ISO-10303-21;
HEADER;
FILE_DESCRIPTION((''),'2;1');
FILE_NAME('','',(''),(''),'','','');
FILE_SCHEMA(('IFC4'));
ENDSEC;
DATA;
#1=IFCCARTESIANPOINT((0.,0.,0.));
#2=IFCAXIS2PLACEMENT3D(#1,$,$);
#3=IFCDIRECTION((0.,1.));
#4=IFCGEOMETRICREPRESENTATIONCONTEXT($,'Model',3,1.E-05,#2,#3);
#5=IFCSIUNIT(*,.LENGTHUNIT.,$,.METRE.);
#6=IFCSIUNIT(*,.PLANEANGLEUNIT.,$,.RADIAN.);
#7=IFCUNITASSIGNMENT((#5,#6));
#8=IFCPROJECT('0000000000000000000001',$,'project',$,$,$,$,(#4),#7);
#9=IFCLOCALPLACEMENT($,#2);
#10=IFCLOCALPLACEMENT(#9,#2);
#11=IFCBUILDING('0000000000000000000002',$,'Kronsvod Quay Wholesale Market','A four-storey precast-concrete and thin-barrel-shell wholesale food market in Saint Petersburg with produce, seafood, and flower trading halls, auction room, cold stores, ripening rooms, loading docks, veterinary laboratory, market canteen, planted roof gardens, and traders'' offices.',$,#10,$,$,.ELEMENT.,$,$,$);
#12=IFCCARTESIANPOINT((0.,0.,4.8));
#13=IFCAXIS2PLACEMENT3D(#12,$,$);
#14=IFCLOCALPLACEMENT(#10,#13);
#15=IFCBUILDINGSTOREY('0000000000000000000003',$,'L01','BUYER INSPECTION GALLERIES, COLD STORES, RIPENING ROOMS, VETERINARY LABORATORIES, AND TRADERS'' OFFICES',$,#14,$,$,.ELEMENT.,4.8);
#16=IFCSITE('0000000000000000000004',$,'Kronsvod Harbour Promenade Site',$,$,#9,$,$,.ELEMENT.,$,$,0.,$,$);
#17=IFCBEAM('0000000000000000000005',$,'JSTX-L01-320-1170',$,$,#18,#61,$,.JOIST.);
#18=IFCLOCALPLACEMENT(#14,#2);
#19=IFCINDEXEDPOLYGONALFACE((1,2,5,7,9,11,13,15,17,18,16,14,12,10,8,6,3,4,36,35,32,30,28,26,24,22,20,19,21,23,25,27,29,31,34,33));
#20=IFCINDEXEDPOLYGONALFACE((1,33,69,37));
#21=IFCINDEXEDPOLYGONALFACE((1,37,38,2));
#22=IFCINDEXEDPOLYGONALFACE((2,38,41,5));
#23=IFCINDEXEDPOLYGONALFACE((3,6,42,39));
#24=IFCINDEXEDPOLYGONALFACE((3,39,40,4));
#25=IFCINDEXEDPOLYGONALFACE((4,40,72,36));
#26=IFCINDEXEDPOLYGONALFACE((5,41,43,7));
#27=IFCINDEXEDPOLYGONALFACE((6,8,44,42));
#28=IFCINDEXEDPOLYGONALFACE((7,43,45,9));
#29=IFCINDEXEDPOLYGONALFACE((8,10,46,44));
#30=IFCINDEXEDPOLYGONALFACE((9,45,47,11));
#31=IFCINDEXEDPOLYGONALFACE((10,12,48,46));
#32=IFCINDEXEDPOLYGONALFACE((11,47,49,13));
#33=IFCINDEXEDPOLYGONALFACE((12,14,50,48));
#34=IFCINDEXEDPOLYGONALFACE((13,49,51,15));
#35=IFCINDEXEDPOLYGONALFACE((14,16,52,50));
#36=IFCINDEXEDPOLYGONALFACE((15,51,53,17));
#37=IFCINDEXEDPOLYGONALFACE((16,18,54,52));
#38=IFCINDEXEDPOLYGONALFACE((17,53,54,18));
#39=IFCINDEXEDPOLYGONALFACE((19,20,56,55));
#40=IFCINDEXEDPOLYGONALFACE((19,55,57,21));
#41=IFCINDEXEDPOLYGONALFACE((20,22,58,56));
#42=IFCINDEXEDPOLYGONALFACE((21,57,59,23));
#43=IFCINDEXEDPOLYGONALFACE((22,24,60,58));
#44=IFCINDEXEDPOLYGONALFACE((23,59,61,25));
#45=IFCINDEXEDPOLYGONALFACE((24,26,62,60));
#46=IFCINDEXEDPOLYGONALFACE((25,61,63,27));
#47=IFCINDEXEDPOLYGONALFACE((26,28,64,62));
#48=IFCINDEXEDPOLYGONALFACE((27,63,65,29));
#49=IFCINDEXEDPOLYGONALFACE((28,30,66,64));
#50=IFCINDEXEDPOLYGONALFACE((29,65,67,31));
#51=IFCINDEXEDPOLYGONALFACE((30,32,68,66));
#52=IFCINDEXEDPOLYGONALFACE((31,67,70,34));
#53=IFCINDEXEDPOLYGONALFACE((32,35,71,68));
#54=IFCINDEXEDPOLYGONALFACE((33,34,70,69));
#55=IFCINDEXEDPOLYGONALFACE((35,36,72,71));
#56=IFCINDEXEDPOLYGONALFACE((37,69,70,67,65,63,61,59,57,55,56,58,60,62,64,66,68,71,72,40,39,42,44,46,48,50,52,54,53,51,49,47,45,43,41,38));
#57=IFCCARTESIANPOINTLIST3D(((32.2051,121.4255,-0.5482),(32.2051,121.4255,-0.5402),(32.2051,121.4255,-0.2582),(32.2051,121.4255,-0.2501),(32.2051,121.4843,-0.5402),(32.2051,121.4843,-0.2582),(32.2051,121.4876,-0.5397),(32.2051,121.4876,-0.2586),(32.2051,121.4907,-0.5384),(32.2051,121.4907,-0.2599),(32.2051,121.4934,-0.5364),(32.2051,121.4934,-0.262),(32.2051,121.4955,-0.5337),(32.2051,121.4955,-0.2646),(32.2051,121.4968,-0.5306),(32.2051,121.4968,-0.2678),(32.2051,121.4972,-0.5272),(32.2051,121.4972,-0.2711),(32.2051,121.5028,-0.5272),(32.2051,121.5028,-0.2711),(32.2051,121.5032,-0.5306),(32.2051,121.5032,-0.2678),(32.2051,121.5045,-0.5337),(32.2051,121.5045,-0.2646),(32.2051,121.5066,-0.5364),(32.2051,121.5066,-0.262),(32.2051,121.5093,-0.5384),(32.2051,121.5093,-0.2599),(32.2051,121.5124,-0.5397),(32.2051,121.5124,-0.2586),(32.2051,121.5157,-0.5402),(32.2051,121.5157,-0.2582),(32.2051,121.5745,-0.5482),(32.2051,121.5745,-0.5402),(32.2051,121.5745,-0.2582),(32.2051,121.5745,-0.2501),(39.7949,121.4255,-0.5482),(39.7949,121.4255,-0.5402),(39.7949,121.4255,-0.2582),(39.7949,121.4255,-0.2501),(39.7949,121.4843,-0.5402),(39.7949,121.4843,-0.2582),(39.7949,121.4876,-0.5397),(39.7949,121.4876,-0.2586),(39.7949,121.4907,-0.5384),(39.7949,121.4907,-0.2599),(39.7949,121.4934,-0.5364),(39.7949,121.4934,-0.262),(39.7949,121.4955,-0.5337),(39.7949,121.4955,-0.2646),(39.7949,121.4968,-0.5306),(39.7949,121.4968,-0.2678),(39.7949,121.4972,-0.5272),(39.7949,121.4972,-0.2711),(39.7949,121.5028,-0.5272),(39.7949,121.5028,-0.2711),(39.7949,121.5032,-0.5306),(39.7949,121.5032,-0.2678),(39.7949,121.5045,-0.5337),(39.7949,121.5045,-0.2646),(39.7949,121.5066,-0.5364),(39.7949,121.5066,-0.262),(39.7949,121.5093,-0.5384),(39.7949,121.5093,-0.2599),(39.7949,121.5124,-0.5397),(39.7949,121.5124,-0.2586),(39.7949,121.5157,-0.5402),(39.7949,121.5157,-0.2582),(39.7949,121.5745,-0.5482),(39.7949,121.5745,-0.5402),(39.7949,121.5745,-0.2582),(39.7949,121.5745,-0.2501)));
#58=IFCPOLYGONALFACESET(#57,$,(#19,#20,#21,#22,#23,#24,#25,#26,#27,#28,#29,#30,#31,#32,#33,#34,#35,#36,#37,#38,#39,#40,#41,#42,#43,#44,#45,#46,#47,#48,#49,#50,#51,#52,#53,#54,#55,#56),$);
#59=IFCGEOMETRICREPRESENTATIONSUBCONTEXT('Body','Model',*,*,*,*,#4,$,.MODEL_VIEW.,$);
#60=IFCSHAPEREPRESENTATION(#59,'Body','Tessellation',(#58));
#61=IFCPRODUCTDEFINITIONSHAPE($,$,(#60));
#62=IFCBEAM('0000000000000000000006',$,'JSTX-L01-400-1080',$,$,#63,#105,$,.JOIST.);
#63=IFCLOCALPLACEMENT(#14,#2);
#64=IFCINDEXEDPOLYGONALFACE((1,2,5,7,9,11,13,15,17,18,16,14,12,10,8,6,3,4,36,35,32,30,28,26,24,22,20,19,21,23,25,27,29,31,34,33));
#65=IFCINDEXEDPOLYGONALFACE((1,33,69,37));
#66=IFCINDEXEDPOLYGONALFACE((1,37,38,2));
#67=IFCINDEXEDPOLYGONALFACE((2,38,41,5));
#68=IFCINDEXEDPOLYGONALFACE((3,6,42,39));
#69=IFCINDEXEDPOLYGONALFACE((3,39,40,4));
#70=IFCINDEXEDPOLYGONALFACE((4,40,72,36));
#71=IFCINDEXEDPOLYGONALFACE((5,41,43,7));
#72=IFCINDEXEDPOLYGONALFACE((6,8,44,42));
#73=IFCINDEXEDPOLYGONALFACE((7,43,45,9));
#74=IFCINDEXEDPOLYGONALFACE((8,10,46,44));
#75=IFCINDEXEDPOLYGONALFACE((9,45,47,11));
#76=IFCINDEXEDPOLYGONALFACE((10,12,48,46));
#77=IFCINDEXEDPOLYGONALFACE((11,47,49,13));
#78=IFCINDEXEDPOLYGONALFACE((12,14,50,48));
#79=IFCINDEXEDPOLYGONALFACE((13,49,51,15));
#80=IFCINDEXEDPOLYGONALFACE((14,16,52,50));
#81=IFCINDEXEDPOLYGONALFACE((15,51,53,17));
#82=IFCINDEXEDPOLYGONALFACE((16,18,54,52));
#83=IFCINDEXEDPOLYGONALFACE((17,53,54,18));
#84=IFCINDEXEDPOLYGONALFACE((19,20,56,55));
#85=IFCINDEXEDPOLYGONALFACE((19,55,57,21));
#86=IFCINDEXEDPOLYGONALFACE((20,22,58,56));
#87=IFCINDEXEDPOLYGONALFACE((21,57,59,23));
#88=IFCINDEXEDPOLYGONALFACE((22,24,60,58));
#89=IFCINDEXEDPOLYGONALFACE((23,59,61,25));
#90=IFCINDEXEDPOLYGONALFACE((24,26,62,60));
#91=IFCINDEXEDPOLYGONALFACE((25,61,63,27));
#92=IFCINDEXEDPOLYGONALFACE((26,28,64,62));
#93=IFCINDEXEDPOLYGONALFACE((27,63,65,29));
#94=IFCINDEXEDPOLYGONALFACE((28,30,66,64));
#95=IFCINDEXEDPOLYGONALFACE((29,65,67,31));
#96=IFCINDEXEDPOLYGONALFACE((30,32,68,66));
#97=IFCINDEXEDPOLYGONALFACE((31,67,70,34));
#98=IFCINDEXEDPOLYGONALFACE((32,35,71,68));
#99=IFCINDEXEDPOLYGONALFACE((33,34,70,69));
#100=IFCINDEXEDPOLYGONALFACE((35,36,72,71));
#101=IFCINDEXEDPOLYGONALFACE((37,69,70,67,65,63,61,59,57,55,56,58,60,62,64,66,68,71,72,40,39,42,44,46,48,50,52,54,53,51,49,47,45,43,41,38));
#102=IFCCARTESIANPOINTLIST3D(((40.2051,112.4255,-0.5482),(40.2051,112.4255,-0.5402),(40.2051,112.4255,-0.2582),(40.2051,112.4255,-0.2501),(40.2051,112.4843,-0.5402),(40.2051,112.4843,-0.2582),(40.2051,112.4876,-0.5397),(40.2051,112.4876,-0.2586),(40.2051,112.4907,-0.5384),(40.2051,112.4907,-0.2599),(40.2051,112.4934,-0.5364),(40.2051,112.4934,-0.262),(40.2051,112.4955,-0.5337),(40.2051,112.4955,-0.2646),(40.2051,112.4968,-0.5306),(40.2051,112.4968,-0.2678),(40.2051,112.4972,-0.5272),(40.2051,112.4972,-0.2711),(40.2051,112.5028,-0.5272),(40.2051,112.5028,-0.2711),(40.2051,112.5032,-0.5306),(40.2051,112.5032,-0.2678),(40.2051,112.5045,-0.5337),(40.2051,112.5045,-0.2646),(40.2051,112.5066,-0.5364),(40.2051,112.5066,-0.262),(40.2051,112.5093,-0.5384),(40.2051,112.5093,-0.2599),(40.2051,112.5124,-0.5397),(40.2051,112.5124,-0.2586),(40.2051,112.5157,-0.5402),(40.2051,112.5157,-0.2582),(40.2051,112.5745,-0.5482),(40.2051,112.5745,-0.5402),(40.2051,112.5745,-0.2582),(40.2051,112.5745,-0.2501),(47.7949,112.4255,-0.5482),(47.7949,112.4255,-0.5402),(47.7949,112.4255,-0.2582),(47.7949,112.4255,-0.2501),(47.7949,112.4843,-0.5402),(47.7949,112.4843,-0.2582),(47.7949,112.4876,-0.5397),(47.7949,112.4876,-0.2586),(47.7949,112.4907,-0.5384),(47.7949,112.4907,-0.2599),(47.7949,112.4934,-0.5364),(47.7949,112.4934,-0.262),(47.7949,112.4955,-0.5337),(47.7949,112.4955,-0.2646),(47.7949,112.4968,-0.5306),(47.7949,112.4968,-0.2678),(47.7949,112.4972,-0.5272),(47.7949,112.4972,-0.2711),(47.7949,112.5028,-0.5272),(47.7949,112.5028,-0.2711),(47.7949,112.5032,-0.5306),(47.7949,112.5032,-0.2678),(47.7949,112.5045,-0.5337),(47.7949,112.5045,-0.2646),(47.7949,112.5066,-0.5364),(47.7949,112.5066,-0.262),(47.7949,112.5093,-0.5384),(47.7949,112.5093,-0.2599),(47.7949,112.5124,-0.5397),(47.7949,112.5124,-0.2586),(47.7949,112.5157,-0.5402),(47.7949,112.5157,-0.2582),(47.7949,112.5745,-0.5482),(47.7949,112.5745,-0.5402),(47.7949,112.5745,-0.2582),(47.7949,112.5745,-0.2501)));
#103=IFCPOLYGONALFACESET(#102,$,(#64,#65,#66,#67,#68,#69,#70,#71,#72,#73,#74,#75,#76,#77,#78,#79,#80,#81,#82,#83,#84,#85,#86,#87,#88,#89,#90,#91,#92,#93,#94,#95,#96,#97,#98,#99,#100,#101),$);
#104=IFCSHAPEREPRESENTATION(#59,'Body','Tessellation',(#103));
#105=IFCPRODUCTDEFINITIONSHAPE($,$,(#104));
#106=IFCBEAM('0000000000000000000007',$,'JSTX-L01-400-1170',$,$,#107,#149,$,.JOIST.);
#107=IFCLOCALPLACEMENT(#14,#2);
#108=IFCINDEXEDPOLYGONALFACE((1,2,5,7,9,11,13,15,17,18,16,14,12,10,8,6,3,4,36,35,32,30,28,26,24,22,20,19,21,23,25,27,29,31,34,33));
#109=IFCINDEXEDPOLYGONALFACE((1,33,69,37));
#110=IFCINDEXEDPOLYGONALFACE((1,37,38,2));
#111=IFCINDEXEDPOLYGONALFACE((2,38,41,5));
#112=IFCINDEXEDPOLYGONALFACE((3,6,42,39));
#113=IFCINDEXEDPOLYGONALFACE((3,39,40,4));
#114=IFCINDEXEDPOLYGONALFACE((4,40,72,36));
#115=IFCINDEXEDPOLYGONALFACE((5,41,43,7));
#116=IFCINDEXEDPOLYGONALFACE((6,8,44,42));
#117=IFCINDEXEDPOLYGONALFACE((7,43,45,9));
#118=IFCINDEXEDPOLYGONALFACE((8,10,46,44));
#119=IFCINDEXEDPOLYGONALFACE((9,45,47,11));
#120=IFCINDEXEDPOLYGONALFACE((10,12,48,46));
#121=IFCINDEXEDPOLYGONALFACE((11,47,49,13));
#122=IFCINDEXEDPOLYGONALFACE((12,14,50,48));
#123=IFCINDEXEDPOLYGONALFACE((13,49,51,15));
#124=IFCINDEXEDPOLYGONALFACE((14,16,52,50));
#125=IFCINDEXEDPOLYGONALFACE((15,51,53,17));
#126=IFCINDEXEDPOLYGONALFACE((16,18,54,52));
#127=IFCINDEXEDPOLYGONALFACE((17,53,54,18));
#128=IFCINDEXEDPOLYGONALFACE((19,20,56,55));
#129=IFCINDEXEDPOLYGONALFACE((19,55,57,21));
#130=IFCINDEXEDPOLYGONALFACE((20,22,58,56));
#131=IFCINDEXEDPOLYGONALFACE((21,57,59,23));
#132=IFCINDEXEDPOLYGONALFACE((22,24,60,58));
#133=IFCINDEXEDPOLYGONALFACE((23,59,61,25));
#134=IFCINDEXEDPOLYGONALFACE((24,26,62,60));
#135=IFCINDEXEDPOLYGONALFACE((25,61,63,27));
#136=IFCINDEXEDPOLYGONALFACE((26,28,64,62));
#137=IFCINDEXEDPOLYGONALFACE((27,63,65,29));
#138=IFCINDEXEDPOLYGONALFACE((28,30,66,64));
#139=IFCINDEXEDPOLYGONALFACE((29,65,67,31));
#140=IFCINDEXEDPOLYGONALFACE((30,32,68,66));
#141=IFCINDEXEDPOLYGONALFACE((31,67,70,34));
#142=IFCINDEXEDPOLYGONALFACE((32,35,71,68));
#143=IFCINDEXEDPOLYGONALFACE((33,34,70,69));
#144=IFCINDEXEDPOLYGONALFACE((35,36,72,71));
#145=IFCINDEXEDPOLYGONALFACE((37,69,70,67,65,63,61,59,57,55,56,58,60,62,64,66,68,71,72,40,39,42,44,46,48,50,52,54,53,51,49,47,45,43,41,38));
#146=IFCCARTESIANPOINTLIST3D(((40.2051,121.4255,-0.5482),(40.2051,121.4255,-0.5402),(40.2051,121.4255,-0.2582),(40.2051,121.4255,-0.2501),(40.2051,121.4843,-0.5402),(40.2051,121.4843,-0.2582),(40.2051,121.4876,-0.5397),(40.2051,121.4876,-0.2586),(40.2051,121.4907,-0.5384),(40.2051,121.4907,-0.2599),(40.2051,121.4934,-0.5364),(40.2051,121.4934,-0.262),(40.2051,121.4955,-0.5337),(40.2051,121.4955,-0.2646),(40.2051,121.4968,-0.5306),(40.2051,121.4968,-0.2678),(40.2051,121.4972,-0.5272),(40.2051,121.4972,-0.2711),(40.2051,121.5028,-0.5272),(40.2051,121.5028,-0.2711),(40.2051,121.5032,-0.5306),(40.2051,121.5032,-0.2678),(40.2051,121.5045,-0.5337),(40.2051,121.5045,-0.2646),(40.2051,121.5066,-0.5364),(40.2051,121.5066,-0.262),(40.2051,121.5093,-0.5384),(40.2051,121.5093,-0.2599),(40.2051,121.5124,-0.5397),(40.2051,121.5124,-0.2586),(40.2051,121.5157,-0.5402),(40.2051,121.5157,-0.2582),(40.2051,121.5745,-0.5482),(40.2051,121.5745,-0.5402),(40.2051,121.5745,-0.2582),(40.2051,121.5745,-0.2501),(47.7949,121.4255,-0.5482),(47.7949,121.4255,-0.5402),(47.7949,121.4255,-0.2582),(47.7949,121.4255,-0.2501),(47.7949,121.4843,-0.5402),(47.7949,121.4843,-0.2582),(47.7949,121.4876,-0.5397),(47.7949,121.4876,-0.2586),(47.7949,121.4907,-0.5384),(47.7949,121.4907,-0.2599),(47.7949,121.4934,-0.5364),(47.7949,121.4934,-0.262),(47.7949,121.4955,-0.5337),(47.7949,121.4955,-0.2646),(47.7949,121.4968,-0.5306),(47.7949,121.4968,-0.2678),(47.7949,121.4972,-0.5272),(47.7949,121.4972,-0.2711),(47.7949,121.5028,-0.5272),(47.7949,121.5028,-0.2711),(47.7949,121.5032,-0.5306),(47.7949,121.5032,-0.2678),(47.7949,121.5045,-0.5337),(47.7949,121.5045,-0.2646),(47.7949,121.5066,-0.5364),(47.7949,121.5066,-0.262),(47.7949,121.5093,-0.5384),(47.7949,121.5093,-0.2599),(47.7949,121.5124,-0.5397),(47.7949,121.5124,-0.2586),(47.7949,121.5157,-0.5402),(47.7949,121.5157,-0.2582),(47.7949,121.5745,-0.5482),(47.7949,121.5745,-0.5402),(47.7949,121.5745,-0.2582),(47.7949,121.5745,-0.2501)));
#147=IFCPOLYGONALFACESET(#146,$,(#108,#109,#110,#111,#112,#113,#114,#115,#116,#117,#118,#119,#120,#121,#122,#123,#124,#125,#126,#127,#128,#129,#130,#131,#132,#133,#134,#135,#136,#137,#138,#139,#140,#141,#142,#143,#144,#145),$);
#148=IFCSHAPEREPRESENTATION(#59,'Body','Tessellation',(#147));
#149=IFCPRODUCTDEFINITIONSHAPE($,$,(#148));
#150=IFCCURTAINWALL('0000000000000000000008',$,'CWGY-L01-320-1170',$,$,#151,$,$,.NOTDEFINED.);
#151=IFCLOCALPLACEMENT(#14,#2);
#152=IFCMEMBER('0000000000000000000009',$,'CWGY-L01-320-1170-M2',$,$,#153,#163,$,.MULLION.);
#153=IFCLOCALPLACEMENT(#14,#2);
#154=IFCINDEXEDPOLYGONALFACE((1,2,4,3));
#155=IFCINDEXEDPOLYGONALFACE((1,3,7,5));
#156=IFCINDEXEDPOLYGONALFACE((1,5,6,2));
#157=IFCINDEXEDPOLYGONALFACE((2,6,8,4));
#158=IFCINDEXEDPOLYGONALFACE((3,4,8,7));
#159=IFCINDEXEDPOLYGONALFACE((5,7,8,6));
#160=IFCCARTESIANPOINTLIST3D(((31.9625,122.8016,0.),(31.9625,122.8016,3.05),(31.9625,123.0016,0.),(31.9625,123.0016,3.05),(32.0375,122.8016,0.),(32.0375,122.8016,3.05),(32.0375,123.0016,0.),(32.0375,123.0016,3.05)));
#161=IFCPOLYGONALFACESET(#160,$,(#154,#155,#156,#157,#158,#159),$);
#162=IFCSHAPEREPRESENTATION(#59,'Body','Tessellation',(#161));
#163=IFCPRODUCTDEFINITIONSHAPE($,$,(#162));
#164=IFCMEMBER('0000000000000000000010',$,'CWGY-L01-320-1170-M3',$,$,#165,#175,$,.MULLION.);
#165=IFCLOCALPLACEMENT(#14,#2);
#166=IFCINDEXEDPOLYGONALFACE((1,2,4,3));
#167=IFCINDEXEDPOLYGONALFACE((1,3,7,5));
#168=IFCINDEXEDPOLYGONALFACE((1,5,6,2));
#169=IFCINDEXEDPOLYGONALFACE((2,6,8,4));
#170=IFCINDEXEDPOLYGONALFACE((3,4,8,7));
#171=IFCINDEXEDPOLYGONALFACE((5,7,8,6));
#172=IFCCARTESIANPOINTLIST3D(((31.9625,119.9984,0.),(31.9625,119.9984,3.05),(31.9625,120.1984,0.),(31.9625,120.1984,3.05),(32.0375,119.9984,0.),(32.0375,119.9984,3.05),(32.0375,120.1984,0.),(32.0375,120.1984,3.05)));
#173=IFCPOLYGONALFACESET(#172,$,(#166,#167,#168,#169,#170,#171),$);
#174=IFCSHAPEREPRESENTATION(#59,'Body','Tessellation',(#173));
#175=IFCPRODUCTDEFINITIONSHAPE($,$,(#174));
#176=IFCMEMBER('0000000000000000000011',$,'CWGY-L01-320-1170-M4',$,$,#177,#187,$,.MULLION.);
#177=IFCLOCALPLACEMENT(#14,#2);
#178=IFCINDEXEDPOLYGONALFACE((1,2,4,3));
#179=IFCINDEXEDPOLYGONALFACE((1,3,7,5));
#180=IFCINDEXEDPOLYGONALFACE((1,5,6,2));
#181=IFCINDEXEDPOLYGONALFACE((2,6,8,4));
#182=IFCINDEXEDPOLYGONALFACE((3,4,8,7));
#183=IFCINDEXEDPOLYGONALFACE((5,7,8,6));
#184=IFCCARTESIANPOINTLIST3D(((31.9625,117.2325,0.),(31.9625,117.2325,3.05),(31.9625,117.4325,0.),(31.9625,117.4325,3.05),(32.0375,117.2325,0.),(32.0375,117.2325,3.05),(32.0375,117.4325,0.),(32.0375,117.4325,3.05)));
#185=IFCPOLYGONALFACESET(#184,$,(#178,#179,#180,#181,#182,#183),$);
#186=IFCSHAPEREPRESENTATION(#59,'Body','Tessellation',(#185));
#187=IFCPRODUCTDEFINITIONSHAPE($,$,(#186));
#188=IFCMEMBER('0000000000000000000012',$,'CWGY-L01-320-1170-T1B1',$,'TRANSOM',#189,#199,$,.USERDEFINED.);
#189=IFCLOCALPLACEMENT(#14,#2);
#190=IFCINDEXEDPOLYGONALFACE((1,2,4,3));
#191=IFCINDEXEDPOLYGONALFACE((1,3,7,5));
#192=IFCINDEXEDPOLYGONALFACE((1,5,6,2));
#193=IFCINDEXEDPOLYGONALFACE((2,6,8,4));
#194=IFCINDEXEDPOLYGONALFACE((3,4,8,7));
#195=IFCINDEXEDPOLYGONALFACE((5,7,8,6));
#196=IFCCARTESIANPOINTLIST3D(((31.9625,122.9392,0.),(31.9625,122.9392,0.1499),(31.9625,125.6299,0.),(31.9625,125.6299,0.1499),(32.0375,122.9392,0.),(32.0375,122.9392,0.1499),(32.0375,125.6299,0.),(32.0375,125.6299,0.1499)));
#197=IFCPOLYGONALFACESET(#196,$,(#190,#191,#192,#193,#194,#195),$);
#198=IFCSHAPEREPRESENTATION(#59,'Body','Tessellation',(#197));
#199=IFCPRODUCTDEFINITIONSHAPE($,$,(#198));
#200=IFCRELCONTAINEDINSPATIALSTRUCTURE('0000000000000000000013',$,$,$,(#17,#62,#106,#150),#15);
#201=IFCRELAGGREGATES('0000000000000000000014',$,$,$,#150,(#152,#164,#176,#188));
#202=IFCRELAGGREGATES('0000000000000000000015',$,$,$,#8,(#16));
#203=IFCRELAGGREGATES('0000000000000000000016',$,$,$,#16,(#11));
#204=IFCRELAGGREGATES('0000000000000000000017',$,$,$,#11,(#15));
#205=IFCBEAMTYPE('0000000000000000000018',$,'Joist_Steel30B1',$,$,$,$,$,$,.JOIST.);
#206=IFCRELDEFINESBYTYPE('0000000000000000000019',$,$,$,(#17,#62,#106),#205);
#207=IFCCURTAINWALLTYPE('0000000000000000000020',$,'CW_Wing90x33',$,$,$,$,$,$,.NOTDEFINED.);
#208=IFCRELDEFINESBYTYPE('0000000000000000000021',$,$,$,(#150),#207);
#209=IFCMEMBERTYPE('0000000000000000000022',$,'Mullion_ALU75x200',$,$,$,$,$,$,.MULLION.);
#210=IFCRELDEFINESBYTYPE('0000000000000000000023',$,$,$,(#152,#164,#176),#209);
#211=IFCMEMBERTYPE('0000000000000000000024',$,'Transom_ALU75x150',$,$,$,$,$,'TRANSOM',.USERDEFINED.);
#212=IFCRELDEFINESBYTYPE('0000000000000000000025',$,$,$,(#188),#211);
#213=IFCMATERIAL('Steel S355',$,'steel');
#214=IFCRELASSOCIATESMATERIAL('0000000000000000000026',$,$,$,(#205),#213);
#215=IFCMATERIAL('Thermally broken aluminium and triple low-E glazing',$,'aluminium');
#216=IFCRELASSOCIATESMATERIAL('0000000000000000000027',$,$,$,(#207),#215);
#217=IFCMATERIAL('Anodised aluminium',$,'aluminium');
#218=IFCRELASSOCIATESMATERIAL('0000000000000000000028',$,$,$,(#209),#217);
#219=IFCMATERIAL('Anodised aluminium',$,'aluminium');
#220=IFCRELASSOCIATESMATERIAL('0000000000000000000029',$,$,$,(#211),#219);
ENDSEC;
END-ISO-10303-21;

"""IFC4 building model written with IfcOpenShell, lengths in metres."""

from ifc_helpers import new_model, si_unit, direction, frame, origin, origin_2d, place, context, subcontext, project, spatial, rectangle, i_section, extrude, material, material_profile, profile_set, type_object, element, aggregate, save


model = new_model("IFC4")

# Units and contexts
model_context = context("Model", 3, precision=1e-05, world=origin(), true_north=direction((0.0, 1.0)))
body_context = subcontext(model_context, "Body", "Model", "MODEL_VIEW")
ifc_project = project(units=[si_unit("LENGTHUNIT", "METRE"), si_unit("PLANEANGLEUNIT", "RADIAN")], contexts=[model_context])

# Site, building, storey
site_placement = place(None, origin())
site = spatial("IfcSite", under=ifc_project, at=site_placement, Name="Kronsvod Harbour Promenade Site", CompositionType="ELEMENT", RefElevation=0.0)
building_placement = place(site_placement, origin())
building = spatial("IfcBuilding", under=site, at=building_placement, Name="Kronsvod Quay Wholesale Market", Description="A four-storey precast-concrete and thin-barrel-shell wholesale food market in Saint Petersburg with produce, seafood, and flower trading halls, auction room, cold stores, ripening rooms, loading docks, veterinary laboratory, market canteen, planted roof gardens, and traders' offices.", CompositionType="ELEMENT")
storey_placement = place(building_placement, frame((0.0, 0.0, 4.8)))
storey = spatial("IfcBuildingStorey", under=building, at=storey_placement, Name="L01", Description="BUYER INSPECTION GALLERIES, COLD STORES, RIPENING ROOMS, VETERINARY LABORATORIES, AND TRADERS' OFFICES", CompositionType="ELEMENT", Elevation=4.8)

# Beams
ifc_material_1 = material(Name="Steel S355", Category="steel")
ifc_material_profile_1 = material_profile(ifc_material_1, i_section(OverallWidth=0.1489, OverallDepth=0.2981, WebThickness=0.0056, FlangeThickness=0.0081, FilletRadius=0.0129, at=origin_2d()), Name="30B1")
ifc_profile_set_1 = profile_set([ifc_material_profile_1], Name="Steel S355")
beam_type_1 = type_object("IfcBeamType", Name="Joist_Steel30B1", PredefinedType="JOIST", material=ifc_profile_set_1)
for number, where, z_axis, x_axis, name in (
    (1, (32.2051, 121.5, -0.3992), (1.0, 0.0, 0.0), (0.0, 1.0, 0.0), "JSTX-L01-320-1170"),
    (2, (40.2051, 112.5, -0.3992), (1.0, 0.0, 0.0), (0.0, 1.0, 0.0), "JSTX-L01-400-1080"),
    (3, (40.2051, 121.5, -0.3992), (1.0, 0.0, 0.0), (0.0, 1.0, 0.0), "JSTX-L01-400-1170"),
):
    element("IfcBeam", number, at=place(storey_placement, frame(where, z_axis=z_axis, x_axis=x_axis)), inside=storey, type_object=beam_type_1, Name=name, PredefinedType="JOIST", context=body_context, shape_type="SweptSolid", body=[
        extrude(i_section(OverallWidth=0.1489, OverallDepth=0.2981, WebThickness=0.0056, FlangeThickness=0.0081, FilletRadius=0.0129, at=origin_2d()), origin(), (0.0, 0.0, 1.0), 7.5898),
    ])

# Curtain wall, members
ifc_material_2 = material(Name="Thermally broken aluminium and triple low-E glazing", Category="aluminium")
curtain_wall_type = type_object("IfcCurtainWallType", Name="CW_Wing90x33", PredefinedType="NOTDEFINED", material=ifc_material_2)
curtain_wall_placement = place(storey_placement, origin())
curtain_wall = element("IfcCurtainWall", 4, at=curtain_wall_placement, inside=storey, type_object=curtain_wall_type, Name="CWGY-L01-320-1170", PredefinedType="NOTDEFINED")
ifc_material_3 = material(Name="Anodised aluminium", Category="aluminium")
ifc_material_profile_2 = material_profile(ifc_material_3, rectangle(XDim=0.075, YDim=0.2, at=origin_2d()), Name="ALUM75x200")
ifc_profile_set_2 = profile_set([ifc_material_profile_2], Name="Anodised aluminium")
member_type_1 = type_object("IfcMemberType", Name="Mullion_ALU75x200", PredefinedType="MULLION", material=ifc_profile_set_2)
member_1_placement = place(storey_placement, frame((32.0, 122.9016, 0.0), z_axis=(0.0, 0.0, 1.0), x_axis=(1.0, 0.0, 0.0)))
member_1 = element("IfcMember", 5, at=member_1_placement, type_object=member_type_1, Name="CWGY-L01-320-1170-M2", PredefinedType="MULLION", context=body_context, shape_type="SweptSolid", body=[
    extrude(rectangle(XDim=0.075, YDim=0.2, at=origin_2d()), origin(), (0.0, 0.0, 1.0), 3.05),
])
member_2_placement = place(storey_placement, frame((32.0, 120.0984, 0.0), z_axis=(0.0, 0.0, 1.0), x_axis=(1.0, 0.0, 0.0)))
member_2 = element("IfcMember", 6, at=member_2_placement, type_object=member_type_1, Name="CWGY-L01-320-1170-M3", PredefinedType="MULLION", context=body_context, shape_type="SweptSolid", body=[
    extrude(rectangle(XDim=0.075, YDim=0.2, at=origin_2d()), origin(), (0.0, 0.0, 1.0), 3.05),
])
member_3_placement = place(storey_placement, frame((32.0, 117.3325, 0.0), z_axis=(0.0, 0.0, 1.0), x_axis=(1.0, 0.0, 0.0)))
member_3 = element("IfcMember", 7, at=member_3_placement, type_object=member_type_1, Name="CWGY-L01-320-1170-M4", PredefinedType="MULLION", context=body_context, shape_type="SweptSolid", body=[
    extrude(rectangle(XDim=0.075, YDim=0.2, at=origin_2d()), origin(), (0.0, 0.0, 1.0), 3.05),
])
ifc_material_4 = material(Name="Anodised aluminium", Category="aluminium")
ifc_material_profile_3 = material_profile(ifc_material_4, rectangle(XDim=0.075, YDim=0.1499, at=origin_2d()), Name="ALUT75x150")
ifc_profile_set_3 = profile_set([ifc_material_profile_3], Name="Anodised aluminium")
member_type_2 = type_object("IfcMemberType", Name="Transom_ALU75x150", ElementType="TRANSOM", PredefinedType="USERDEFINED", material=ifc_profile_set_3)
member_4_placement = place(storey_placement, frame((32.0, 125.6299, 0.075), z_axis=(0.0, -1.0, 0.0), x_axis=(1.0, 0.0, 0.0)))
member_4 = element("IfcMember", 8, at=member_4_placement, type_object=member_type_2, Name="CWGY-L01-320-1170-T1B1", ObjectType="TRANSOM", PredefinedType="USERDEFINED", context=body_context, shape_type="SweptSolid", body=[
    extrude(rectangle(XDim=0.075, YDim=0.1499, at=origin_2d()), origin(), (0.0, 0.0, 1.0), 2.6907),
])
aggregate(curtain_wall, [member_1, member_2, member_3, member_4])

save(model, "model.ifc")
